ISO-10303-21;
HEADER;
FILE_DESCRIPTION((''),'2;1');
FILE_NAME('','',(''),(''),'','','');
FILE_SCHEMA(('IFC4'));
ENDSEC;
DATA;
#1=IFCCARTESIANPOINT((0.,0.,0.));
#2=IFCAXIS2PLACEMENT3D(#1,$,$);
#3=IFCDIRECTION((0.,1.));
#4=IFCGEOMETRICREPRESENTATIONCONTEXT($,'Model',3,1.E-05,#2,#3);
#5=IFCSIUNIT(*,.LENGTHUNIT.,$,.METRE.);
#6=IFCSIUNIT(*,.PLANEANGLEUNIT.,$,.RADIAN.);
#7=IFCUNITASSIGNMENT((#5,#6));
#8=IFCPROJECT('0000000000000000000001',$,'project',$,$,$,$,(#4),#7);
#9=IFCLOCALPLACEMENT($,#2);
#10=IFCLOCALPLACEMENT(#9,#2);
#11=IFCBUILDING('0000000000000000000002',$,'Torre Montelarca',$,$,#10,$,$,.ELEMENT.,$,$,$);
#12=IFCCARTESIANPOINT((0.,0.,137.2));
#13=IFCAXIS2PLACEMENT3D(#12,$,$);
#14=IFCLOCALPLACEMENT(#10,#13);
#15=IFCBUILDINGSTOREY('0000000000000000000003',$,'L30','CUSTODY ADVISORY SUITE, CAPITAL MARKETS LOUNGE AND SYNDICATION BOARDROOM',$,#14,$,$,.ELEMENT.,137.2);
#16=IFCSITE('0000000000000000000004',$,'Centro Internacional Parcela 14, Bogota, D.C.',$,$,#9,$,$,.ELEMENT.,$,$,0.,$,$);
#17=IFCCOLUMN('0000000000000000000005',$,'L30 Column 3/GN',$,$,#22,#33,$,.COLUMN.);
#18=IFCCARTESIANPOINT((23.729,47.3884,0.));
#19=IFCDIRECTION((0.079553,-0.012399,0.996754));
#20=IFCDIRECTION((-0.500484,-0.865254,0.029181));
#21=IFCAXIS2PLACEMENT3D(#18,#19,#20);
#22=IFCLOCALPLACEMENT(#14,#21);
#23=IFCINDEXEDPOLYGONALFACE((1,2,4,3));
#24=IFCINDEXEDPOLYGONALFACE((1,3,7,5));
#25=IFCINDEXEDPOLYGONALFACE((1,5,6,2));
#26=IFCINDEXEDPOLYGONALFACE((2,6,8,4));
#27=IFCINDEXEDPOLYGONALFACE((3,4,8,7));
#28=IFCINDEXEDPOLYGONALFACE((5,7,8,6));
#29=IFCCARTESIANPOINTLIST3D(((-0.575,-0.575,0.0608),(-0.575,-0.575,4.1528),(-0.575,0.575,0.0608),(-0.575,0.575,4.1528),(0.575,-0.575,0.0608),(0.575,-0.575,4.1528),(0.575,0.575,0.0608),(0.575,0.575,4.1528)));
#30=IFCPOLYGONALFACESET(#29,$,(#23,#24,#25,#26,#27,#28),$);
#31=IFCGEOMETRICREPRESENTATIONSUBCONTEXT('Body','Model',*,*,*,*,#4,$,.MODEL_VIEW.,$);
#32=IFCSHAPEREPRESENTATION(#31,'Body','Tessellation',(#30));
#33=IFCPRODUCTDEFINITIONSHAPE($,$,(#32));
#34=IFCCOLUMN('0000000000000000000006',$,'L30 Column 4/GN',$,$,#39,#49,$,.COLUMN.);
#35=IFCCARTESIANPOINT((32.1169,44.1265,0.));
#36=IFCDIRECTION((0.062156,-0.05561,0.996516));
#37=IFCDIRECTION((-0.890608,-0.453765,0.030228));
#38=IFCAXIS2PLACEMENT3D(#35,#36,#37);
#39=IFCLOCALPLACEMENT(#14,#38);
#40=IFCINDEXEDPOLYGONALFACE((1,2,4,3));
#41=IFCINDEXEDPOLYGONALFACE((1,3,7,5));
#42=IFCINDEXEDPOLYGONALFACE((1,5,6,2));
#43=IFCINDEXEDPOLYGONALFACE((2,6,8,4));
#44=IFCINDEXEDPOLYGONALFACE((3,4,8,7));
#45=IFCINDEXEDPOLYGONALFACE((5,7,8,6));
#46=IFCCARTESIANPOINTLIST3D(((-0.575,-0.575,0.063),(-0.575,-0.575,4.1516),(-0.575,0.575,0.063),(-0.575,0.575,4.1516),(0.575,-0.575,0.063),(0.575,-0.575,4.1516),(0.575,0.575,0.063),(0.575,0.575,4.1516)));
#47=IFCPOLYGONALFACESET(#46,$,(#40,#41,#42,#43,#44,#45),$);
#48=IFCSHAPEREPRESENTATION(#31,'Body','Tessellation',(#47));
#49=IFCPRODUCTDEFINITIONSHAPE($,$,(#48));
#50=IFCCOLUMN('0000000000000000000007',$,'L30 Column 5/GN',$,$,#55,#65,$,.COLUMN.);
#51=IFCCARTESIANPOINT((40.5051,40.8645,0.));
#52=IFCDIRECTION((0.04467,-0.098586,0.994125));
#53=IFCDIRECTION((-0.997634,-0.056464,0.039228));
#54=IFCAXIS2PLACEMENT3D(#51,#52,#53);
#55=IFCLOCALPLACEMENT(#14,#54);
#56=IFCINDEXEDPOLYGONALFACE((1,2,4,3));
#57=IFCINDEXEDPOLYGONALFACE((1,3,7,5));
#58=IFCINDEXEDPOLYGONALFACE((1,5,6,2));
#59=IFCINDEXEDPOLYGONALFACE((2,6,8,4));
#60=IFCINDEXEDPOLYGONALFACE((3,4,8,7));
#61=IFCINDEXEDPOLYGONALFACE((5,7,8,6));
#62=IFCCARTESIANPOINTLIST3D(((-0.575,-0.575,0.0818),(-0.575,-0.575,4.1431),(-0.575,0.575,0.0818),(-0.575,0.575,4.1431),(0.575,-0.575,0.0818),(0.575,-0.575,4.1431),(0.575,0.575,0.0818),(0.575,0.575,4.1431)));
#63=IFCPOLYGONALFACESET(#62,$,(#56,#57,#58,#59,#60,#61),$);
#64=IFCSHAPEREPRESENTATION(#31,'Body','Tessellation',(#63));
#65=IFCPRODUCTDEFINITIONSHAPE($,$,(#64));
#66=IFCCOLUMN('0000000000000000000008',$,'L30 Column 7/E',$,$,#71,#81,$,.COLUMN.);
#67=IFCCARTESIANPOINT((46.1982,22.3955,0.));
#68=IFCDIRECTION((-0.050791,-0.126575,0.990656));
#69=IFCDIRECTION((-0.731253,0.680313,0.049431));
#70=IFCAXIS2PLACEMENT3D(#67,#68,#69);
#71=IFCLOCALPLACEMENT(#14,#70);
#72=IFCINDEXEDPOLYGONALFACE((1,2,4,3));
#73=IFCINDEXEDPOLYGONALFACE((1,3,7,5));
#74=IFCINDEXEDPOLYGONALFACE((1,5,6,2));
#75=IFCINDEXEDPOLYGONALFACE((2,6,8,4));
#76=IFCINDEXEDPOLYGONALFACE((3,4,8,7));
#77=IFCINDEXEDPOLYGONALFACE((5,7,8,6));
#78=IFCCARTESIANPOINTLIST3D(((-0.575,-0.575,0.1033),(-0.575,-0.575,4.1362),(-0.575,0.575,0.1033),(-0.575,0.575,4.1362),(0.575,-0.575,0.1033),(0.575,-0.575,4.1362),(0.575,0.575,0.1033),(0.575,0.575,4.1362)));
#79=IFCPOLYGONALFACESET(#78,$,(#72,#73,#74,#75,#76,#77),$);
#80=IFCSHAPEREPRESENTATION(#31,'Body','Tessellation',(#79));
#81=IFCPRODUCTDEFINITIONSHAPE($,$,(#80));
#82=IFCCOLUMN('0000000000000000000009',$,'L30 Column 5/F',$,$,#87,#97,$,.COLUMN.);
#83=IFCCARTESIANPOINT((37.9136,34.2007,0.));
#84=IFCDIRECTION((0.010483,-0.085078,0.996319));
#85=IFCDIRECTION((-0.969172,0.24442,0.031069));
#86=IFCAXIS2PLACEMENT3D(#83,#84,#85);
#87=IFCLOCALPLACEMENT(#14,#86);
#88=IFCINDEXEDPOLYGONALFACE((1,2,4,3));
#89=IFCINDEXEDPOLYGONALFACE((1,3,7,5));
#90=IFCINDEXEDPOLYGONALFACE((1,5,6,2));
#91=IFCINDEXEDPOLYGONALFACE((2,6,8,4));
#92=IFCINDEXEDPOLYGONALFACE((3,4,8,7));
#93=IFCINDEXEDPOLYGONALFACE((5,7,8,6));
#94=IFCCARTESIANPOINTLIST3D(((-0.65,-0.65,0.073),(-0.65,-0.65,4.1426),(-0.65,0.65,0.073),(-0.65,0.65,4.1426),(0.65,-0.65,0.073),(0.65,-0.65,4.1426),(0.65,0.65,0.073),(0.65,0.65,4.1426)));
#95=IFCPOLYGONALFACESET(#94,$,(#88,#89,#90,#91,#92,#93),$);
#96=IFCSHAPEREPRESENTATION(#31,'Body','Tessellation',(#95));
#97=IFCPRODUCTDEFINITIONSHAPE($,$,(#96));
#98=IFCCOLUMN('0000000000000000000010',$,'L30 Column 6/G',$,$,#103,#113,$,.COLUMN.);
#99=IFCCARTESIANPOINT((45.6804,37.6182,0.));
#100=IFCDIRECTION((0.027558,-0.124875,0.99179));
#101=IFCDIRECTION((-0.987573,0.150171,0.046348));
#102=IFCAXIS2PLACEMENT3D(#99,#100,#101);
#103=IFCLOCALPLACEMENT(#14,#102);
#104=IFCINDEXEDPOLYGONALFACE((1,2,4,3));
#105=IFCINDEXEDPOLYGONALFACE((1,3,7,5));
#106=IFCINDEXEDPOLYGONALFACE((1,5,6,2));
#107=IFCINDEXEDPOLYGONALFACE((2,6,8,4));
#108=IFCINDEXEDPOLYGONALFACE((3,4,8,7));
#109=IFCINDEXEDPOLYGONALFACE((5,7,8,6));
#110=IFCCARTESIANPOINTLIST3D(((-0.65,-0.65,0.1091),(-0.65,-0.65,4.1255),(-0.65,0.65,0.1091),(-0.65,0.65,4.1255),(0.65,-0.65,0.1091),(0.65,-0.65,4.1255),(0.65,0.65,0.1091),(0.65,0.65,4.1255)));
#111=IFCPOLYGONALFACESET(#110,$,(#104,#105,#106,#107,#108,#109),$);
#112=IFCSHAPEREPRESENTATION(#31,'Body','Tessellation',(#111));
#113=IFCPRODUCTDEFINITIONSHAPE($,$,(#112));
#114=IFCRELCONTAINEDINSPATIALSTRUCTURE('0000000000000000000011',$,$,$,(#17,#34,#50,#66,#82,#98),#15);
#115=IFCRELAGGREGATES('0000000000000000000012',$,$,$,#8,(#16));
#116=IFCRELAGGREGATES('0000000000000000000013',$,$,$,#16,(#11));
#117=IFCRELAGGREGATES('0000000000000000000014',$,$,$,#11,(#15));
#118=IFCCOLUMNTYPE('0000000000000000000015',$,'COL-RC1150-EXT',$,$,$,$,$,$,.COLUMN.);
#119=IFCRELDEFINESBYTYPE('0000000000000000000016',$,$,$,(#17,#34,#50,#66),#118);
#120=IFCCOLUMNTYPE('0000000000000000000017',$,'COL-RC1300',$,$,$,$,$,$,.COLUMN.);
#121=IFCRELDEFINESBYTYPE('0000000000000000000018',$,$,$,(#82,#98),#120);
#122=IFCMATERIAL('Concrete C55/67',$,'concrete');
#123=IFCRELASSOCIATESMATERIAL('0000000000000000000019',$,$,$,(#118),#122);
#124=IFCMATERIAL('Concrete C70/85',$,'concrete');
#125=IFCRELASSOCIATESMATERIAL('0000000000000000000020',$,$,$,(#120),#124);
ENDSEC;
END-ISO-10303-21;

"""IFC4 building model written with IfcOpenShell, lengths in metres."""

from ifc_helpers import new_model, si_unit, direction, frame, origin, origin_2d, place, context, subcontext, project, spatial, rectangle, extrude, clip, halfspace, material, material_profile, profile_set, type_object, element, save


model = new_model("IFC4")

# Units and contexts
model_context = context("Model", 3, precision=1e-05, world=origin(), true_north=direction((0.0, 1.0)))
body_context = subcontext(model_context, "Body", "Model", "MODEL_VIEW")
ifc_project = project(units=[si_unit("LENGTHUNIT", "METRE"), si_unit("PLANEANGLEUNIT", "RADIAN")], contexts=[model_context])

# Site, building, storey
site_placement = place(None, origin())
site = spatial("IfcSite", under=ifc_project, at=site_placement, Name="Centro Internacional Parcela 14, Bogota, D.C.", CompositionType="ELEMENT", RefElevation=0.0)
building_placement = place(site_placement, origin())
building = spatial("IfcBuilding", under=site, at=building_placement, Name="Torre Montelarca", CompositionType="ELEMENT")
storey_placement = place(building_placement, frame((0.0, 0.0, 137.2)))
storey = spatial("IfcBuildingStorey", under=building, at=storey_placement, Name="L30", Description="CUSTODY ADVISORY SUITE, CAPITAL MARKETS LOUNGE AND SYNDICATION BOARDROOM", CompositionType="ELEMENT", Elevation=137.2)

# Columns
ifc_material_1 = material(Name="Concrete C55/67", Category="concrete")
ifc_material_profile_1 = material_profile(ifc_material_1, rectangle(XDim=1.1499, YDim=1.1499, at=origin_2d()), Name="RC1150X1150", Category="concrete")
ifc_profile_set_1 = profile_set([ifc_material_profile_1], Name="Concrete C55/67")
column_type_1 = type_object("IfcColumnType", Name="COL-RC1150-EXT", PredefinedType="COLUMN", material=ifc_profile_set_1)
column_1_placement = place(storey_placement, frame((23.729, 47.3884, 0.0), z_axis=(0.079553, -0.012399, 0.996754), x_axis=(-0.500484, -0.865254, 0.029181)))
element("IfcColumn", 1, at=column_1_placement, inside=storey, type_object=column_type_1, Name="L30 Column 3/GN", PredefinedType="COLUMN", context=body_context, shape_type="Clipping", body=[
    clip(clip(extrude(rectangle(XDim=1.1499, YDim=1.1499, at=origin_2d()), origin(), (0.0, 0.0, 1.0), 4.2136), halfspace(frame((0.0, 0.0, 0.0608), z_axis=(0.0, 0.0, -1.0), x_axis=(1.0, 0.0, 0.0)), False)), halfspace(frame((0.0, 0.0, 4.1528), z_axis=(0.0, 0.0, 1.0), x_axis=(1.0, 0.0, 0.0)), False)),
])
column_2_placement = place(storey_placement, frame((32.1169, 44.1265, 0.0), z_axis=(0.062156, -0.05561, 0.996516), x_axis=(-0.890608, -0.453765, 0.030228)))
element("IfcColumn", 2, at=column_2_placement, inside=storey, type_object=column_type_1, Name="L30 Column 4/GN", PredefinedType="COLUMN", context=body_context, shape_type="Clipping", body=[
    clip(clip(extrude(rectangle(XDim=1.1499, YDim=1.1499, at=origin_2d()), origin(), (0.0, 0.0, 1.0), 4.2146), halfspace(frame((0.0, 0.0, 0.063), z_axis=(0.0, 0.0, -1.0), x_axis=(1.0, 0.0, 0.0)), False)), halfspace(frame((0.0, 0.0, 4.1516), z_axis=(0.0, 0.0, 1.0), x_axis=(1.0, 0.0, 0.0)), False)),
])
column_3_placement = place(storey_placement, frame((40.5051, 40.8645, 0.0), z_axis=(0.04467, -0.098586, 0.994125), x_axis=(-0.997634, -0.056464, 0.039228)))
element("IfcColumn", 3, at=column_3_placement, inside=storey, type_object=column_type_1, Name="L30 Column 5/GN", PredefinedType="COLUMN", context=body_context, shape_type="Clipping", body=[
    clip(clip(extrude(rectangle(XDim=1.1499, YDim=1.1499, at=origin_2d()), origin(), (0.0, 0.0, 1.0), 4.2249), halfspace(frame((0.0, 0.0, 0.0818), z_axis=(0.0, 0.0, -1.0), x_axis=(1.0, 0.0, 0.0)), False)), halfspace(frame((0.0, 0.0, 4.1431), z_axis=(0.0, 0.0, 1.0), x_axis=(1.0, 0.0, 0.0)), False)),
])
column_4_placement = place(storey_placement, frame((46.1982, 22.3955, 0.0), z_axis=(-0.050791, -0.126575, 0.990656), x_axis=(-0.731253, 0.680313, 0.049431)))
element("IfcColumn", 4, at=column_4_placement, inside=storey, type_object=column_type_1, Name="L30 Column 7/E", PredefinedType="COLUMN", context=body_context, shape_type="Clipping", body=[
    clip(clip(extrude(rectangle(XDim=1.1499, YDim=1.1499, at=origin_2d()), origin(), (0.0, 0.0, 1.0), 4.2395), halfspace(frame((0.0, 0.0, 0.1033), z_axis=(0.0, 0.0, -1.0), x_axis=(1.0, 0.0, 0.0)), False)), halfspace(frame((0.0, 0.0, 4.1362), z_axis=(0.0, 0.0, 1.0), x_axis=(1.0, 0.0, 0.0)), False)),
])
ifc_material_2 = material(Name="Concrete C70/85", Category="concrete")
ifc_material_profile_2 = material_profile(ifc_material_2, rectangle(XDim=1.3, YDim=1.3, at=origin_2d()), Name="RC1300X1300", Category="concrete")
ifc_profile_set_2 = profile_set([ifc_material_profile_2], Name="Concrete C70/85")
column_type_2 = type_object("IfcColumnType", Name="COL-RC1300", PredefinedType="COLUMN", material=ifc_profile_set_2)
column_5_placement = place(storey_placement, frame((37.9136, 34.2007, 0.0), z_axis=(0.010483, -0.085078, 0.996319), x_axis=(-0.969172, 0.24442, 0.031069)))
element("IfcColumn", 5, at=column_5_placement, inside=storey, type_object=column_type_2, Name="L30 Column 5/F", PredefinedType="COLUMN", context=body_context, shape_type="Clipping", body=[
    clip(clip(extrude(rectangle(XDim=1.3, YDim=1.3, at=origin_2d()), origin(), (0.0, 0.0, 1.0), 4.2156), halfspace(frame((0.0, 0.0, 0.073), z_axis=(0.0, 0.0, -1.0), x_axis=(1.0, 0.0, 0.0)), False)), halfspace(frame((0.0, 0.0, 4.1426), z_axis=(0.0, 0.0, 1.0), x_axis=(1.0, 0.0, 0.0)), False)),
])
column_6_placement = place(storey_placement, frame((45.6804, 37.6182, 0.0), z_axis=(0.027558, -0.124875, 0.99179), x_axis=(-0.987573, 0.150171, 0.046348)))
element("IfcColumn", 6, at=column_6_placement, inside=storey, type_object=column_type_2, Name="L30 Column 6/G", PredefinedType="COLUMN", context=body_context, shape_type="Clipping", body=[
    clip(clip(extrude(rectangle(XDim=1.3, YDim=1.3, at=origin_2d()), origin(), (0.0, 0.0, 1.0), 4.2346), halfspace(frame((0.0, 0.0, 0.1091), z_axis=(0.0, 0.0, -1.0), x_axis=(1.0, 0.0, 0.0)), False)), halfspace(frame((0.0, 0.0, 4.1255), z_axis=(0.0, 0.0, 1.0), x_axis=(1.0, 0.0, 0.0)), False)),
])

save(model, "model.ifc")
